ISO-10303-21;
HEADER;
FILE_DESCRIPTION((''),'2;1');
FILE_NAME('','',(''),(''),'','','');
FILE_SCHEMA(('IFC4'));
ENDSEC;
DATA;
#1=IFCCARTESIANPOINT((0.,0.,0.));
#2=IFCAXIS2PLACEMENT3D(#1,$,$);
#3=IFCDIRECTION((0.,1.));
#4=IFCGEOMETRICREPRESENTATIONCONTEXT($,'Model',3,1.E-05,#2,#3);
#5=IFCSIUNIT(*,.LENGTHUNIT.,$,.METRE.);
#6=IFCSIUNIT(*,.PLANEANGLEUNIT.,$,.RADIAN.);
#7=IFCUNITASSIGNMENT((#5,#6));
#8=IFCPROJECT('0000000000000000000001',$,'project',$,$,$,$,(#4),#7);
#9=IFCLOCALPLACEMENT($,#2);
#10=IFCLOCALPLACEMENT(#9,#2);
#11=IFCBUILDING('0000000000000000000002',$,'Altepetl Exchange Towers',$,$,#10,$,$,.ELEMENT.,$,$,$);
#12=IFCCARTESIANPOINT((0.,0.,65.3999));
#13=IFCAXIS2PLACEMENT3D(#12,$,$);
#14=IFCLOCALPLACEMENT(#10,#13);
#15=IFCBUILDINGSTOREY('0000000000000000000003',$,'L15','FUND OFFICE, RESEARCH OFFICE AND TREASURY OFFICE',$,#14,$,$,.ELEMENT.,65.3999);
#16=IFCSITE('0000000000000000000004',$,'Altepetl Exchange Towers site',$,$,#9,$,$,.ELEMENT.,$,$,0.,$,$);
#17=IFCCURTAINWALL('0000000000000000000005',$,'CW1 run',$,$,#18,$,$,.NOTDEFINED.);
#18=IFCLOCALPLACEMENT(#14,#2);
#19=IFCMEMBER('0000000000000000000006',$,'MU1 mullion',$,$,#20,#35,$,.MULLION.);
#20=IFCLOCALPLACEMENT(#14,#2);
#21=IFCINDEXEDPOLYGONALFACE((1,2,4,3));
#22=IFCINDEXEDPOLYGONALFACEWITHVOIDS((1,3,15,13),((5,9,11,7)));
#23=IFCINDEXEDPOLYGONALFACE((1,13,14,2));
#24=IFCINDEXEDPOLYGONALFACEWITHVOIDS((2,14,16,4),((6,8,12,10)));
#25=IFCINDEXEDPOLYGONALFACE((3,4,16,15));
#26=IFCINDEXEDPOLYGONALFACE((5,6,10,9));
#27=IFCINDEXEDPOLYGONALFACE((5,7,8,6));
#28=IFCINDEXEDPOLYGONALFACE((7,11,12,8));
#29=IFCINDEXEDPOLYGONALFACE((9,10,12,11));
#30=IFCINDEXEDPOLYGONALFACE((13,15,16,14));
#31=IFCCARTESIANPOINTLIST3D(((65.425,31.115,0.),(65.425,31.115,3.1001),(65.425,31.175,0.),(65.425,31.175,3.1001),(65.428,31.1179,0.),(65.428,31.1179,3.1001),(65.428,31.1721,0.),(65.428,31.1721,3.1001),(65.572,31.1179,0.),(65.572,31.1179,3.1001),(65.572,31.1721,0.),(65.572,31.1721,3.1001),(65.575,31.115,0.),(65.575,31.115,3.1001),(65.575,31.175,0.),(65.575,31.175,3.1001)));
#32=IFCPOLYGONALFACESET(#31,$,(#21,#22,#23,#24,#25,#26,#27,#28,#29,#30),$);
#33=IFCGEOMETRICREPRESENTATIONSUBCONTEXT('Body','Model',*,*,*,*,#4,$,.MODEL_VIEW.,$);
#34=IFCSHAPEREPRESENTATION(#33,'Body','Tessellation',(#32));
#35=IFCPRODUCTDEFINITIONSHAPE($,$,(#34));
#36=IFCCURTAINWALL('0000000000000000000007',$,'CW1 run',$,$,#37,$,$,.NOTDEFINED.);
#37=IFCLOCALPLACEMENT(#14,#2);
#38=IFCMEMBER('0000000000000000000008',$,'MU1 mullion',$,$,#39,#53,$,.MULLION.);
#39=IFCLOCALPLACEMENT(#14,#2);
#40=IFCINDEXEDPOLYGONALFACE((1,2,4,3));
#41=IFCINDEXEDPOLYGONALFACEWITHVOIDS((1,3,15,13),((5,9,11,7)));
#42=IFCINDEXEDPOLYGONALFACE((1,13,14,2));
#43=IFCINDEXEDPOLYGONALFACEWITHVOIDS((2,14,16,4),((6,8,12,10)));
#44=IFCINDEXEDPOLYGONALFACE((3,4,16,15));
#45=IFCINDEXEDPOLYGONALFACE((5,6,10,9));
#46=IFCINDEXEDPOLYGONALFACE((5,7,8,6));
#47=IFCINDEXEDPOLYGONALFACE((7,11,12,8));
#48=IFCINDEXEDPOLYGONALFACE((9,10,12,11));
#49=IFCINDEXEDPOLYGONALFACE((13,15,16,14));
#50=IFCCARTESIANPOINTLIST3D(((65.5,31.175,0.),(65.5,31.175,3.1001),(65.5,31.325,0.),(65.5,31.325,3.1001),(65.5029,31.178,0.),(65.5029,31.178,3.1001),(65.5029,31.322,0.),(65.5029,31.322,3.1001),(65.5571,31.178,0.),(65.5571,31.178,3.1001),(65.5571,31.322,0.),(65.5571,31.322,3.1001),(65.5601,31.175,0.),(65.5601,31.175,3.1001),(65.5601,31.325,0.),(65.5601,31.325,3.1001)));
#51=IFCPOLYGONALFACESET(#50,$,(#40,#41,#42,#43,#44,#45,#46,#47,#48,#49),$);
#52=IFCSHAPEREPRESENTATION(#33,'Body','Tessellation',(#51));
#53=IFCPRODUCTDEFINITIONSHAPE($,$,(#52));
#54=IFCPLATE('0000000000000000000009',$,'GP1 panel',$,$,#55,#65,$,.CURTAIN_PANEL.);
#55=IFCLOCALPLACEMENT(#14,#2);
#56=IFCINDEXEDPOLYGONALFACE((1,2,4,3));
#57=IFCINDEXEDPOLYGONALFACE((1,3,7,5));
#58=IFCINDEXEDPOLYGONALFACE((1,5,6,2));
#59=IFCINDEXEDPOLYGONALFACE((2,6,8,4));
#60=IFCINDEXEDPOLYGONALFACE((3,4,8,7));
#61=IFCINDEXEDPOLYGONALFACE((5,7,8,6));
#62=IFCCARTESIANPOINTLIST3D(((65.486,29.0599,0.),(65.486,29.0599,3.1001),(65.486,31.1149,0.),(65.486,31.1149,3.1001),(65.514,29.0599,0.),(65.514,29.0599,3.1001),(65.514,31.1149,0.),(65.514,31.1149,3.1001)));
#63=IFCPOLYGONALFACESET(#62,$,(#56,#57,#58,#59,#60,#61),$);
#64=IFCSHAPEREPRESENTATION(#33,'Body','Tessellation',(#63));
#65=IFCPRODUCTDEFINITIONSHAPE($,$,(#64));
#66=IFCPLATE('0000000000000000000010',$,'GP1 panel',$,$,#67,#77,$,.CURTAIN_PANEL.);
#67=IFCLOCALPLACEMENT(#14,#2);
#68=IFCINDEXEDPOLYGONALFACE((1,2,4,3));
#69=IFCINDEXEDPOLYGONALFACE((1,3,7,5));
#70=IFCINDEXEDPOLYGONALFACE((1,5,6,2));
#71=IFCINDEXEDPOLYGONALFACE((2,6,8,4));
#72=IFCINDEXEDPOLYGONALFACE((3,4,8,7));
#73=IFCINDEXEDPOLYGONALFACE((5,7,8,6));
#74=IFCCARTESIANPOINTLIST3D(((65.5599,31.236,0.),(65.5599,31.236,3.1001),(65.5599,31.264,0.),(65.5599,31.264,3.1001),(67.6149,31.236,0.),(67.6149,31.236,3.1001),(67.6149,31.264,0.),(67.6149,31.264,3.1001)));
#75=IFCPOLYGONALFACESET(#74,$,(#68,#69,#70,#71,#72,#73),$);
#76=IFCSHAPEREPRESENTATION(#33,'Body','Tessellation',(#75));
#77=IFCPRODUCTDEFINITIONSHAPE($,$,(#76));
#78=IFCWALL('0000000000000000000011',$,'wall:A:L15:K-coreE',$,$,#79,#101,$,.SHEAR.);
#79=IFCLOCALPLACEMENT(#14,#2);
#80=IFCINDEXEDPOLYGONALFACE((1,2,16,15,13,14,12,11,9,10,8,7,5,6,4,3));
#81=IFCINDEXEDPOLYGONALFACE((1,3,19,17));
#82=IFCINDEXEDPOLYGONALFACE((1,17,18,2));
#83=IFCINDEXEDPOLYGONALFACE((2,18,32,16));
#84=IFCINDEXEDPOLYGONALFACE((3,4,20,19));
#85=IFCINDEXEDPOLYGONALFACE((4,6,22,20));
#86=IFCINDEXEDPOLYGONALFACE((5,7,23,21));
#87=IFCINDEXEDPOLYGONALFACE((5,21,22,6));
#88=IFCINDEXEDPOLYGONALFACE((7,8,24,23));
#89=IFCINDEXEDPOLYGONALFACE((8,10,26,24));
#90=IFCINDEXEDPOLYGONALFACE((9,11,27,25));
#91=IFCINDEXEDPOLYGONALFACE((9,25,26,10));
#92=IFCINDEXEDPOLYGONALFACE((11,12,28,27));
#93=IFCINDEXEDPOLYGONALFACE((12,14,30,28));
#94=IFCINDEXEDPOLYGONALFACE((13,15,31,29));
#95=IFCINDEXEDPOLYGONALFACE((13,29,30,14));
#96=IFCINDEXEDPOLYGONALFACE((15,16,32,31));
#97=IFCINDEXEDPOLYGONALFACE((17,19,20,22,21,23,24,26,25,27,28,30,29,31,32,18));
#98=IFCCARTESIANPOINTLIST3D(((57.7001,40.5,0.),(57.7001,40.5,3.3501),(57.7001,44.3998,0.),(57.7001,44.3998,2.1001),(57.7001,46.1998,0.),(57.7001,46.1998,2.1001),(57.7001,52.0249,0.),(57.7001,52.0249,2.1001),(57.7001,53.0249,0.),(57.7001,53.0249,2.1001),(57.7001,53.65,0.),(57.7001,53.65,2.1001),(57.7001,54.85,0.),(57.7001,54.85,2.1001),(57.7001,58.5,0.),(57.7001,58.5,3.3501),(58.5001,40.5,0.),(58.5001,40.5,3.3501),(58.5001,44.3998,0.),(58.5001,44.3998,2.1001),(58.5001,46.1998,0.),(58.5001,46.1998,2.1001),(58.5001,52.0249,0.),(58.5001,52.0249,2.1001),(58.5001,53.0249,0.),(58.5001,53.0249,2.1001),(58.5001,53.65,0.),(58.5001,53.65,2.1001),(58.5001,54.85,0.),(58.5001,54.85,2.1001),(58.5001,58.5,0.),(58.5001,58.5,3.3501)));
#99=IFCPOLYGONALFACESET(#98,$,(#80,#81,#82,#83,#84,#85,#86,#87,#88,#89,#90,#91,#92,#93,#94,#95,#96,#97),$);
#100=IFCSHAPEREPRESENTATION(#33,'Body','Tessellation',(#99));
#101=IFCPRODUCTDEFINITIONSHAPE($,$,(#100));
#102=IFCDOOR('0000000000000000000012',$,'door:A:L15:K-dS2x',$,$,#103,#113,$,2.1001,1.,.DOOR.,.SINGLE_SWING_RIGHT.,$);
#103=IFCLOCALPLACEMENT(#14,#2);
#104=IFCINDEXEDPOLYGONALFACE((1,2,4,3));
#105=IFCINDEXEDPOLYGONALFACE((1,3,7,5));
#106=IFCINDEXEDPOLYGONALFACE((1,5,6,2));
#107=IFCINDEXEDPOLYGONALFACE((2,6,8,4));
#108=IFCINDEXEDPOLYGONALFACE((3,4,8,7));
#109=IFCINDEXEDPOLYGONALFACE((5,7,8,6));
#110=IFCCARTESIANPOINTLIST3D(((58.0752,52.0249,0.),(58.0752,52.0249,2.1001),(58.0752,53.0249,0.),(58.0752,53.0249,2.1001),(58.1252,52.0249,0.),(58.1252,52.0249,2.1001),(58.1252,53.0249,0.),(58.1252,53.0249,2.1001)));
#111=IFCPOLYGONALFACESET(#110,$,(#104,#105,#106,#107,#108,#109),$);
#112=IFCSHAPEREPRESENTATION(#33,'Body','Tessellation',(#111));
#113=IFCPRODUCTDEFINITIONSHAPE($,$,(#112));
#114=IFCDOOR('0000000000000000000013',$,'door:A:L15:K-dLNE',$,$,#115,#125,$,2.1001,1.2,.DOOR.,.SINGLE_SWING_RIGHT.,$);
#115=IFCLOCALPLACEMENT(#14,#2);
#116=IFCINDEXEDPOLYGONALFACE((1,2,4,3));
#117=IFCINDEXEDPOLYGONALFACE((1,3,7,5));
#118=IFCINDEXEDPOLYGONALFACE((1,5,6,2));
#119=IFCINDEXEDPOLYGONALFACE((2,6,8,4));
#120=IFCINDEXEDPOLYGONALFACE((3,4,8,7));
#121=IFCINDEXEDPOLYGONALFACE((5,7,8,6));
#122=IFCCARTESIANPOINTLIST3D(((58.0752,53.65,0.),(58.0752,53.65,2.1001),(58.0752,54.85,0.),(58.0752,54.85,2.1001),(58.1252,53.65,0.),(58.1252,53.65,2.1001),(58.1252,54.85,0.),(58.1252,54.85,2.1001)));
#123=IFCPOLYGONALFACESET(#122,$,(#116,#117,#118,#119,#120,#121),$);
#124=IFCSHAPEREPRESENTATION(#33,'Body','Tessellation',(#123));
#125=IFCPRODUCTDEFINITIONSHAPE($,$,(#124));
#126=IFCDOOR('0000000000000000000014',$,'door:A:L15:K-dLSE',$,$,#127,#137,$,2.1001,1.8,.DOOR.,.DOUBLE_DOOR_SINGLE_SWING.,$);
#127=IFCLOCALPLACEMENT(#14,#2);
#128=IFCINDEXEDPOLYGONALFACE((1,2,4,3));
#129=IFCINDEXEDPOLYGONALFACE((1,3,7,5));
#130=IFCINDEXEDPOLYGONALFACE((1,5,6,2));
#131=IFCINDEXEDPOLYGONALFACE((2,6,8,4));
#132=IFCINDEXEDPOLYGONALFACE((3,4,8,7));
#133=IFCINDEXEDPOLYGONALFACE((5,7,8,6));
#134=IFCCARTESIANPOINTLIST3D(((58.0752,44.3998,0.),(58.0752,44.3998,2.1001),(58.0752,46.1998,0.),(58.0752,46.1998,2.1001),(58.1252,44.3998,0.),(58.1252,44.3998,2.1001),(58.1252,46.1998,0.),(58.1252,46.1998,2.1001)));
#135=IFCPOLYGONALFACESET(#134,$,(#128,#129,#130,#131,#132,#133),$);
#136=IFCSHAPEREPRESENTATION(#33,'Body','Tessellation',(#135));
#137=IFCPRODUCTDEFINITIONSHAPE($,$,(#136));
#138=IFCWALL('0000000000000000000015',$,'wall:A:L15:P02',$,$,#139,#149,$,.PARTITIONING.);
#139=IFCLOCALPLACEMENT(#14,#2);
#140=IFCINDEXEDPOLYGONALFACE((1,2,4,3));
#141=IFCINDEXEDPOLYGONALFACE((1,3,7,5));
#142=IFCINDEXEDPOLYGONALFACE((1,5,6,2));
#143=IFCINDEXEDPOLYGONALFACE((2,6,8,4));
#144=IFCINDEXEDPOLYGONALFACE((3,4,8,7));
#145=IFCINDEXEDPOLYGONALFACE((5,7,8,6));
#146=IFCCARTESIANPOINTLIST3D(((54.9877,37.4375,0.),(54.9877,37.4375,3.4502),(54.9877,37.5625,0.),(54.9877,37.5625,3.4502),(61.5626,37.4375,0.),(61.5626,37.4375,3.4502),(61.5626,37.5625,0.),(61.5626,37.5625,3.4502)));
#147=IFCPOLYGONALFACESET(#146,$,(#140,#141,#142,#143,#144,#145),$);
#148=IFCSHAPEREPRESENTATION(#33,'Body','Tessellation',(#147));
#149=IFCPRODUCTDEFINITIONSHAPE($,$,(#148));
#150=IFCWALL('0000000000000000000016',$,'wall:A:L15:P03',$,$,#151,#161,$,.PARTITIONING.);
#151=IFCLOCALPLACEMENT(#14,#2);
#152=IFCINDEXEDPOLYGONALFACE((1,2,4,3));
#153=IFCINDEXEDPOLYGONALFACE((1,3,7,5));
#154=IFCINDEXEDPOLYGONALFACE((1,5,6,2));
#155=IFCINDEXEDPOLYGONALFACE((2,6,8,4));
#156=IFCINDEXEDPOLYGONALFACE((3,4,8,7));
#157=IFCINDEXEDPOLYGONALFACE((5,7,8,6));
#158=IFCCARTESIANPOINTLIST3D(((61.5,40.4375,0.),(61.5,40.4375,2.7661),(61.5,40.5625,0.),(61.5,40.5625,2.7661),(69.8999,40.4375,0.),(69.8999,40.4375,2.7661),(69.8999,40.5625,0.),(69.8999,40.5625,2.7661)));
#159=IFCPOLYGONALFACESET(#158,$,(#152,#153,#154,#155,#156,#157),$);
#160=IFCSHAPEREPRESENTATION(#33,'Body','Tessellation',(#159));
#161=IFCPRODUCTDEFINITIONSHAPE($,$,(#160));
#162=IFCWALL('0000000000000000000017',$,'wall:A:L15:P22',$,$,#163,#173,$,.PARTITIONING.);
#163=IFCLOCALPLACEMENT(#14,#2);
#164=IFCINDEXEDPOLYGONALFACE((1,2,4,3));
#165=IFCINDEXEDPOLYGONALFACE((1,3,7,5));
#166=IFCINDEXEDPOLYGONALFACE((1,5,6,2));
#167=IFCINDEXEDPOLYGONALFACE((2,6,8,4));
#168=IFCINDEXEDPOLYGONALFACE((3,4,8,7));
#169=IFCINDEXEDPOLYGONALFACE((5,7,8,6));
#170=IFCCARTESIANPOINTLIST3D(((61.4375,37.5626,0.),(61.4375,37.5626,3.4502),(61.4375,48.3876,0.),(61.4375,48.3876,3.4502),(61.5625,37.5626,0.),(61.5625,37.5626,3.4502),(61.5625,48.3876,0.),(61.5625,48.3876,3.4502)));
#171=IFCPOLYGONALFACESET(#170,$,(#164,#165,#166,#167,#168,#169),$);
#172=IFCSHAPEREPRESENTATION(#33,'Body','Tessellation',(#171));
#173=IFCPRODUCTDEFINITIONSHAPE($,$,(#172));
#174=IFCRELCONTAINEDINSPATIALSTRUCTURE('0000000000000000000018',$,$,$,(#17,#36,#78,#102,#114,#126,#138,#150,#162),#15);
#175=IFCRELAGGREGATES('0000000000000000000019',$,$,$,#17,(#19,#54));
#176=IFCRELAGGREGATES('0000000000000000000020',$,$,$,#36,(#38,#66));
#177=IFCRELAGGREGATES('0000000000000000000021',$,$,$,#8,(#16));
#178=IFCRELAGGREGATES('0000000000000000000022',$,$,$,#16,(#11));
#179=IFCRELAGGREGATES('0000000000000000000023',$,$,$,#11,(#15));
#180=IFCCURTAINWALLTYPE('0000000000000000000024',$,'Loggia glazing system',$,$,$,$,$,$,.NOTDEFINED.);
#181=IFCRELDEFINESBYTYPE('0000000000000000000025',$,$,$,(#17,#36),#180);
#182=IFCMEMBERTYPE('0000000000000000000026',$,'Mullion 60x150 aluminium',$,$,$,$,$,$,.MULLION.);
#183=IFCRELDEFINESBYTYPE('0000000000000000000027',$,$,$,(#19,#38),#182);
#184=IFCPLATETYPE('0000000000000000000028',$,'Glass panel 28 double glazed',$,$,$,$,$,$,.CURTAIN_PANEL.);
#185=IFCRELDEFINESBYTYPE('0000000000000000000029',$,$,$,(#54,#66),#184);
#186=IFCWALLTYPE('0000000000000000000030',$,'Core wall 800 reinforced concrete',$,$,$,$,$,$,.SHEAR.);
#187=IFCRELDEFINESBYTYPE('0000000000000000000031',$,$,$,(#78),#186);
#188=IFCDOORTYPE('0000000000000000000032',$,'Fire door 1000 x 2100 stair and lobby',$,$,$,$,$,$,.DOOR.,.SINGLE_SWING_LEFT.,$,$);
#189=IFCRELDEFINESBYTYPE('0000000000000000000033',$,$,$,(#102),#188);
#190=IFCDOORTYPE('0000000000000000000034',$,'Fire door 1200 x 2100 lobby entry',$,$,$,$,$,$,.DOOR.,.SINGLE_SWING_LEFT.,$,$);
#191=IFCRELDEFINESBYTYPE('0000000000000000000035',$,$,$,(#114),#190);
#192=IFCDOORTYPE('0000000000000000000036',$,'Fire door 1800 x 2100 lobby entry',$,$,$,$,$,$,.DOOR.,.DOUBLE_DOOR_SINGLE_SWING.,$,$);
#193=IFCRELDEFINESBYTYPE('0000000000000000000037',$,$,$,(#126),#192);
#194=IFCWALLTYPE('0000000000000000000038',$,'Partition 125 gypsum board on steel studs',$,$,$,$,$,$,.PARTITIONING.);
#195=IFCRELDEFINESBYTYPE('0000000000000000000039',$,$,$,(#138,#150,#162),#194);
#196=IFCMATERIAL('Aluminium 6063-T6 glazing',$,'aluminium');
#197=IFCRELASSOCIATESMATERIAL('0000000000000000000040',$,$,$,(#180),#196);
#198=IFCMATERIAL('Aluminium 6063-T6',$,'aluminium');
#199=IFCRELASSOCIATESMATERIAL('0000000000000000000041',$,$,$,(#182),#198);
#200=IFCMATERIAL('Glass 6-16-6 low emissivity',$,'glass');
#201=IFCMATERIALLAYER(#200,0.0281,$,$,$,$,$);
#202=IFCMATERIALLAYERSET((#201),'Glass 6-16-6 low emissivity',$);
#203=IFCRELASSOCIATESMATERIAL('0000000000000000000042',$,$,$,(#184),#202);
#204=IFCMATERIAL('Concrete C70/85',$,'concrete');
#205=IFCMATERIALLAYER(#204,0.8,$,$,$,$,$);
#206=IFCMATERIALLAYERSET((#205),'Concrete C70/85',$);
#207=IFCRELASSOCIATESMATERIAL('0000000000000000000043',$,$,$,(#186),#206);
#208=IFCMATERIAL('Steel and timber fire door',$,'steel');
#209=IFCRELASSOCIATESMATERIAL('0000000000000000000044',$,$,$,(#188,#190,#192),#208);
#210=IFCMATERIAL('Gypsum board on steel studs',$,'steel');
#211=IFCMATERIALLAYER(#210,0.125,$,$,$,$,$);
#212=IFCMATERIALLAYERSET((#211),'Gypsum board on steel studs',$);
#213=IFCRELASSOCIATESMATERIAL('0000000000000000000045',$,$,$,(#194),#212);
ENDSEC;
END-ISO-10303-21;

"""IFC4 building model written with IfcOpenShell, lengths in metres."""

from ifc_helpers import new_model, si_unit, direction, frame, frame_2d, origin, origin_2d, place, context, subcontext, project, spatial, rectangle, hollow_rectangle, extrude, material, layer, layer_set, material_profile, profile_set, type_object, element, fill, aggregate, save


model = new_model("IFC4")

# Units and contexts
model_context = context("Model", 3, precision=1e-05, world=origin(), true_north=direction((0.0, 1.0)))
body_context = subcontext(model_context, "Body", "Model", "MODEL_VIEW")
ifc_project = project(units=[si_unit("LENGTHUNIT", "METRE"), si_unit("PLANEANGLEUNIT", "RADIAN")], contexts=[model_context])

# Site, building, storey
site_placement = place(None, origin())
site = spatial("IfcSite", under=ifc_project, at=site_placement, Name="Altepetl Exchange Towers site", CompositionType="ELEMENT", RefElevation=0.0)
building_placement = place(site_placement, origin())
building = spatial("IfcBuilding", under=site, at=building_placement, Name="Altepetl Exchange Towers", CompositionType="ELEMENT")
storey_placement = place(building_placement, frame((0.0, 0.0, 65.3999)))
storey = spatial("IfcBuildingStorey", under=building, at=storey_placement, Name="L15", Description="FUND OFFICE, RESEARCH OFFICE AND TREASURY OFFICE", CompositionType="ELEMENT", Elevation=65.3999)

# Shared definitions
ifc_material_1 = material(Name="Concrete C70/85", Category="concrete")

# Curtain walls, members
ifc_material_2 = material(Name="Aluminium 6063-T6 glazing", Category="aluminium")
curtain_wall_type = type_object("IfcCurtainWallType", Name="Loggia glazing system", PredefinedType="NOTDEFINED", material=ifc_material_2)
curtain_wall_1_placement = place(storey_placement, origin())
curtain_wall_1 = element("IfcCurtainWall", 1, at=curtain_wall_1_placement, inside=storey, type_object=curtain_wall_type, Name="CW1 run", PredefinedType="NOTDEFINED")
ifc_material_3 = material(Name="Aluminium 6063-T6", Category="aluminium")
ifc_material_profile_1 = material_profile(ifc_material_3, hollow_rectangle(XDim=0.0601, YDim=0.1499, WallThickness=0.0029, at=origin_2d()), Name="Mullion 60x150 aluminium")
ifc_profile_set_1 = profile_set([ifc_material_profile_1], Name="Aluminium 6063-T6")
member_type = type_object("IfcMemberType", Name="Mullion 60x150 aluminium", PredefinedType="MULLION", material=ifc_profile_set_1)
member_1_placement = place(storey_placement, frame((65.5, 31.145, 0.0), z_axis=(0.0, 0.0, 1.0), x_axis=(0.0, 1.0, 0.0)))
member_1 = element("IfcMember", 2, at=member_1_placement, type_object=member_type, Name="MU1 mullion", PredefinedType="MULLION", context=body_context, shape_type="SweptSolid", body=[
    extrude(hollow_rectangle(XDim=0.0601, YDim=0.1499, WallThickness=0.0029, at=origin_2d()), origin(), (0.0, 0.0, 1.0), 3.1001),
])
curtain_wall_2_placement = place(storey_placement, origin())
curtain_wall_2 = element("IfcCurtainWall", 3, at=curtain_wall_2_placement, inside=storey, type_object=curtain_wall_type, Name="CW1 run", PredefinedType="NOTDEFINED")
member_2_placement = place(storey_placement, frame((65.53, 31.25, 0.0)))
member_2 = element("IfcMember", 4, at=member_2_placement, type_object=member_type, Name="MU1 mullion", PredefinedType="MULLION", context=body_context, shape_type="SweptSolid", body=[
    extrude(hollow_rectangle(XDim=0.0601, YDim=0.1499, WallThickness=0.0029, at=origin_2d()), origin(), (0.0, 0.0, 1.0), 3.1001),
])

# Plates
ifc_material_4 = material(Name="Glass 6-16-6 low emissivity", Category="glass")
ifc_layer_1 = layer(ifc_material_4, 0.0281)
ifc_layer_set_1 = layer_set([ifc_layer_1], Name="Glass 6-16-6 low emissivity")
plate_type = type_object("IfcPlateType", Name="Glass panel 28 double glazed", PredefinedType="CURTAIN_PANEL", material=ifc_layer_set_1)
plate_1_placement = place(storey_placement, frame((65.5, 30.0874, 0.0), z_axis=(0.0, 0.0, 1.0), x_axis=(0.0, 1.0, 0.0)))
plate_1 = element("IfcPlate", 5, at=plate_1_placement, type_object=plate_type, Name="GP1 panel", PredefinedType="CURTAIN_PANEL", context=body_context, shape_type="SweptSolid", body=[
    extrude(rectangle(XDim=2.0549, YDim=0.0281, at=origin_2d()), origin(), (0.0, 0.0, 1.0), 3.1001),
])
aggregate(curtain_wall_1, [member_1, plate_1])
plate_2_placement = place(storey_placement, frame((66.5874, 31.25, 0.0)))
plate_2 = element("IfcPlate", 6, at=plate_2_placement, type_object=plate_type, Name="GP1 panel", PredefinedType="CURTAIN_PANEL", context=body_context, shape_type="SweptSolid", body=[
    extrude(rectangle(XDim=2.0549, YDim=0.0281, at=origin_2d()), origin(), (0.0, 0.0, 1.0), 3.1001),
])
aggregate(curtain_wall_2, [member_2, plate_2])

# Wall, openings, doors
ifc_layer_2 = layer(ifc_material_1, 0.8)
ifc_layer_set_2 = layer_set([ifc_layer_2], Name="Concrete C70/85")
wall_type_1 = type_object("IfcWallType", Name="Core wall 800 reinforced concrete", PredefinedType="SHEAR", material=ifc_layer_set_2)
wall_1_placement = place(storey_placement, frame((58.1001, 40.5, 0.0), z_axis=(0.0, 0.0, 1.0), x_axis=(0.0, 1.0, 0.0)))
wall_1 = element("IfcWall", 7, at=wall_1_placement, inside=storey, type_object=wall_type_1, Name="wall:A:L15:K-coreE", PredefinedType="SHEAR", context=body_context, shape_type="SweptSolid", body=[
    extrude(rectangle(XDim=18.0, YDim=0.8, at=frame_2d((9.0, 0.0))), origin(), (0.0, 0.0, 1.0), 3.3501),
])
opening_1_placement = place(wall_1_placement, frame((13.1499, 0.0, 0.0)))
opening_1 = element("IfcOpeningElement", 8, at=opening_1_placement, cuts=wall_1, PredefinedType="OPENING", context=body_context, shape_type="SweptSolid", body=[
    extrude(rectangle(XDim=1.2, YDim=2.1001, at=frame_2d((0.6001, 1.05))), frame((0.0, 0.4102, 0.0), z_axis=(0.0, -1.0, 0.0), x_axis=(1.0, 0.0, 0.0)), (0.0, 0.0, 1.0), 0.8201),
])
opening_2_placement = place(wall_1_placement, frame((3.8999, 0.0, 0.0)))
opening_2 = element("IfcOpeningElement", 9, at=opening_2_placement, cuts=wall_1, PredefinedType="OPENING", context=body_context, shape_type="SweptSolid", body=[
    extrude(rectangle(XDim=1.8, YDim=2.1001, at=frame_2d((0.8999, 1.05))), frame((0.0, 0.4102, 0.0), z_axis=(0.0, -1.0, 0.0), x_axis=(1.0, 0.0, 0.0)), (0.0, 0.0, 1.0), 0.8201),
])
opening_3_placement = place(wall_1_placement, frame((11.5249, 0.0, 0.0)))
opening_3 = element("IfcOpeningElement", 10, at=opening_3_placement, cuts=wall_1, PredefinedType="OPENING", context=body_context, shape_type="SweptSolid", body=[
    extrude(rectangle(XDim=1.0, YDim=2.1001, at=frame_2d((0.5, 1.05))), frame((0.0, 0.4102, 0.0), z_axis=(0.0, -1.0, 0.0), x_axis=(1.0, 0.0, 0.0)), (0.0, 0.0, 1.0), 0.8201),
])
ifc_material_5 = material(Name="Steel and timber fire door", Category="steel")
door_type_1 = type_object("IfcDoorType", Name="Fire door 1000 x 2100 stair and lobby", OperationType="SINGLE_SWING_LEFT", PredefinedType="DOOR", material=ifc_material_5)
door_1_placement = place(opening_3_placement, origin())
door_1 = element("IfcDoor", 11, at=door_1_placement, inside=storey, type_object=door_type_1, Name="door:A:L15:K-dS2x", OperationType="SINGLE_SWING_RIGHT", OverallHeight=2.1001, OverallWidth=1.0, PredefinedType="DOOR", context=body_context, shape_type="SweptSolid", body=[
    extrude(rectangle(XDim=1.0, YDim=2.1001, at=frame_2d((0.5, 1.05))), frame((0.0, 0.0249, 0.0), z_axis=(0.0, -1.0, 0.0), x_axis=(1.0, 0.0, 0.0)), (0.0, 0.0, 1.0), 0.05),
])
fill(opening_3, door_1)
door_type_2 = type_object("IfcDoorType", Name="Fire door 1200 x 2100 lobby entry", OperationType="SINGLE_SWING_LEFT", PredefinedType="DOOR", material=ifc_material_5)
door_2_placement = place(opening_1_placement, origin())
door_2 = element("IfcDoor", 12, at=door_2_placement, inside=storey, type_object=door_type_2, Name="door:A:L15:K-dLNE", OperationType="SINGLE_SWING_RIGHT", OverallHeight=2.1001, OverallWidth=1.2, PredefinedType="DOOR", context=body_context, shape_type="SweptSolid", body=[
    extrude(rectangle(XDim=1.2, YDim=2.1001, at=frame_2d((0.6001, 1.05))), frame((0.0, 0.0249, 0.0), z_axis=(0.0, -1.0, 0.0), x_axis=(1.0, 0.0, 0.0)), (0.0, 0.0, 1.0), 0.05),
])
fill(opening_1, door_2)
door_type_3 = type_object("IfcDoorType", Name="Fire door 1800 x 2100 lobby entry", OperationType="DOUBLE_DOOR_SINGLE_SWING", PredefinedType="DOOR", material=ifc_material_5)
door_3_placement = place(opening_2_placement, origin())
door_3 = element("IfcDoor", 13, at=door_3_placement, inside=storey, type_object=door_type_3, Name="door:A:L15:K-dLSE", OperationType="DOUBLE_DOOR_SINGLE_SWING", OverallHeight=2.1001, OverallWidth=1.8, PredefinedType="DOOR", context=body_context, shape_type="SweptSolid", body=[
    extrude(rectangle(XDim=1.8, YDim=2.1001, at=frame_2d((0.8999, 1.05))), frame((0.0, 0.0249, 0.0), z_axis=(0.0, -1.0, 0.0), x_axis=(1.0, 0.0, 0.0)), (0.0, 0.0, 1.0), 0.05),
])
fill(opening_2, door_3)

# Walls
ifc_material_6 = material(Name="Gypsum board on steel studs", Category="steel")
ifc_layer_3 = layer(ifc_material_6, 0.125)
ifc_layer_set_3 = layer_set([ifc_layer_3], Name="Gypsum board on steel studs")
wall_type_2 = type_object("IfcWallType", Name="Partition 125 gypsum board on steel studs", PredefinedType="PARTITIONING", material=ifc_layer_set_3)
wall_2_placement = place(storey_placement, frame((54.9875, 37.5, 0.0)))
element("IfcWall", 14, at=wall_2_placement, inside=storey, type_object=wall_type_2, Name="wall:A:L15:P02", PredefinedType="PARTITIONING", context=body_context, shape_type="SweptSolid", body=[
    extrude(rectangle(XDim=6.575, YDim=0.125, at=frame_2d((3.2876, 0.0))), origin(), (0.0, 0.0, 1.0), 3.4502),
])
wall_3_placement = place(storey_placement, frame((61.5, 40.5, 0.0)))
element("IfcWall", 15, at=wall_3_placement, inside=storey, type_object=wall_type_2, Name="wall:A:L15:P03", PredefinedType="PARTITIONING", context=body_context, shape_type="SweptSolid", body=[
    extrude(rectangle(XDim=8.3999, YDim=0.125, at=frame_2d((4.2, 0.0))), origin(), (0.0, 0.0, 1.0), 2.7661),
])
wall_4_placement = place(storey_placement, frame((61.5, 37.5625, 0.0), z_axis=(0.0, 0.0, 1.0), x_axis=(0.0, 1.0, 0.0)))
element("IfcWall", 16, at=wall_4_placement, inside=storey, type_object=wall_type_2, Name="wall:A:L15:P22", PredefinedType="PARTITIONING", context=body_context, shape_type="SweptSolid", body=[
    extrude(rectangle(XDim=10.825, YDim=0.125, at=frame_2d((5.4126, 0.0))), origin(), (0.0, 0.0, 1.0), 3.4502),
])

save(model, "model.ifc")
